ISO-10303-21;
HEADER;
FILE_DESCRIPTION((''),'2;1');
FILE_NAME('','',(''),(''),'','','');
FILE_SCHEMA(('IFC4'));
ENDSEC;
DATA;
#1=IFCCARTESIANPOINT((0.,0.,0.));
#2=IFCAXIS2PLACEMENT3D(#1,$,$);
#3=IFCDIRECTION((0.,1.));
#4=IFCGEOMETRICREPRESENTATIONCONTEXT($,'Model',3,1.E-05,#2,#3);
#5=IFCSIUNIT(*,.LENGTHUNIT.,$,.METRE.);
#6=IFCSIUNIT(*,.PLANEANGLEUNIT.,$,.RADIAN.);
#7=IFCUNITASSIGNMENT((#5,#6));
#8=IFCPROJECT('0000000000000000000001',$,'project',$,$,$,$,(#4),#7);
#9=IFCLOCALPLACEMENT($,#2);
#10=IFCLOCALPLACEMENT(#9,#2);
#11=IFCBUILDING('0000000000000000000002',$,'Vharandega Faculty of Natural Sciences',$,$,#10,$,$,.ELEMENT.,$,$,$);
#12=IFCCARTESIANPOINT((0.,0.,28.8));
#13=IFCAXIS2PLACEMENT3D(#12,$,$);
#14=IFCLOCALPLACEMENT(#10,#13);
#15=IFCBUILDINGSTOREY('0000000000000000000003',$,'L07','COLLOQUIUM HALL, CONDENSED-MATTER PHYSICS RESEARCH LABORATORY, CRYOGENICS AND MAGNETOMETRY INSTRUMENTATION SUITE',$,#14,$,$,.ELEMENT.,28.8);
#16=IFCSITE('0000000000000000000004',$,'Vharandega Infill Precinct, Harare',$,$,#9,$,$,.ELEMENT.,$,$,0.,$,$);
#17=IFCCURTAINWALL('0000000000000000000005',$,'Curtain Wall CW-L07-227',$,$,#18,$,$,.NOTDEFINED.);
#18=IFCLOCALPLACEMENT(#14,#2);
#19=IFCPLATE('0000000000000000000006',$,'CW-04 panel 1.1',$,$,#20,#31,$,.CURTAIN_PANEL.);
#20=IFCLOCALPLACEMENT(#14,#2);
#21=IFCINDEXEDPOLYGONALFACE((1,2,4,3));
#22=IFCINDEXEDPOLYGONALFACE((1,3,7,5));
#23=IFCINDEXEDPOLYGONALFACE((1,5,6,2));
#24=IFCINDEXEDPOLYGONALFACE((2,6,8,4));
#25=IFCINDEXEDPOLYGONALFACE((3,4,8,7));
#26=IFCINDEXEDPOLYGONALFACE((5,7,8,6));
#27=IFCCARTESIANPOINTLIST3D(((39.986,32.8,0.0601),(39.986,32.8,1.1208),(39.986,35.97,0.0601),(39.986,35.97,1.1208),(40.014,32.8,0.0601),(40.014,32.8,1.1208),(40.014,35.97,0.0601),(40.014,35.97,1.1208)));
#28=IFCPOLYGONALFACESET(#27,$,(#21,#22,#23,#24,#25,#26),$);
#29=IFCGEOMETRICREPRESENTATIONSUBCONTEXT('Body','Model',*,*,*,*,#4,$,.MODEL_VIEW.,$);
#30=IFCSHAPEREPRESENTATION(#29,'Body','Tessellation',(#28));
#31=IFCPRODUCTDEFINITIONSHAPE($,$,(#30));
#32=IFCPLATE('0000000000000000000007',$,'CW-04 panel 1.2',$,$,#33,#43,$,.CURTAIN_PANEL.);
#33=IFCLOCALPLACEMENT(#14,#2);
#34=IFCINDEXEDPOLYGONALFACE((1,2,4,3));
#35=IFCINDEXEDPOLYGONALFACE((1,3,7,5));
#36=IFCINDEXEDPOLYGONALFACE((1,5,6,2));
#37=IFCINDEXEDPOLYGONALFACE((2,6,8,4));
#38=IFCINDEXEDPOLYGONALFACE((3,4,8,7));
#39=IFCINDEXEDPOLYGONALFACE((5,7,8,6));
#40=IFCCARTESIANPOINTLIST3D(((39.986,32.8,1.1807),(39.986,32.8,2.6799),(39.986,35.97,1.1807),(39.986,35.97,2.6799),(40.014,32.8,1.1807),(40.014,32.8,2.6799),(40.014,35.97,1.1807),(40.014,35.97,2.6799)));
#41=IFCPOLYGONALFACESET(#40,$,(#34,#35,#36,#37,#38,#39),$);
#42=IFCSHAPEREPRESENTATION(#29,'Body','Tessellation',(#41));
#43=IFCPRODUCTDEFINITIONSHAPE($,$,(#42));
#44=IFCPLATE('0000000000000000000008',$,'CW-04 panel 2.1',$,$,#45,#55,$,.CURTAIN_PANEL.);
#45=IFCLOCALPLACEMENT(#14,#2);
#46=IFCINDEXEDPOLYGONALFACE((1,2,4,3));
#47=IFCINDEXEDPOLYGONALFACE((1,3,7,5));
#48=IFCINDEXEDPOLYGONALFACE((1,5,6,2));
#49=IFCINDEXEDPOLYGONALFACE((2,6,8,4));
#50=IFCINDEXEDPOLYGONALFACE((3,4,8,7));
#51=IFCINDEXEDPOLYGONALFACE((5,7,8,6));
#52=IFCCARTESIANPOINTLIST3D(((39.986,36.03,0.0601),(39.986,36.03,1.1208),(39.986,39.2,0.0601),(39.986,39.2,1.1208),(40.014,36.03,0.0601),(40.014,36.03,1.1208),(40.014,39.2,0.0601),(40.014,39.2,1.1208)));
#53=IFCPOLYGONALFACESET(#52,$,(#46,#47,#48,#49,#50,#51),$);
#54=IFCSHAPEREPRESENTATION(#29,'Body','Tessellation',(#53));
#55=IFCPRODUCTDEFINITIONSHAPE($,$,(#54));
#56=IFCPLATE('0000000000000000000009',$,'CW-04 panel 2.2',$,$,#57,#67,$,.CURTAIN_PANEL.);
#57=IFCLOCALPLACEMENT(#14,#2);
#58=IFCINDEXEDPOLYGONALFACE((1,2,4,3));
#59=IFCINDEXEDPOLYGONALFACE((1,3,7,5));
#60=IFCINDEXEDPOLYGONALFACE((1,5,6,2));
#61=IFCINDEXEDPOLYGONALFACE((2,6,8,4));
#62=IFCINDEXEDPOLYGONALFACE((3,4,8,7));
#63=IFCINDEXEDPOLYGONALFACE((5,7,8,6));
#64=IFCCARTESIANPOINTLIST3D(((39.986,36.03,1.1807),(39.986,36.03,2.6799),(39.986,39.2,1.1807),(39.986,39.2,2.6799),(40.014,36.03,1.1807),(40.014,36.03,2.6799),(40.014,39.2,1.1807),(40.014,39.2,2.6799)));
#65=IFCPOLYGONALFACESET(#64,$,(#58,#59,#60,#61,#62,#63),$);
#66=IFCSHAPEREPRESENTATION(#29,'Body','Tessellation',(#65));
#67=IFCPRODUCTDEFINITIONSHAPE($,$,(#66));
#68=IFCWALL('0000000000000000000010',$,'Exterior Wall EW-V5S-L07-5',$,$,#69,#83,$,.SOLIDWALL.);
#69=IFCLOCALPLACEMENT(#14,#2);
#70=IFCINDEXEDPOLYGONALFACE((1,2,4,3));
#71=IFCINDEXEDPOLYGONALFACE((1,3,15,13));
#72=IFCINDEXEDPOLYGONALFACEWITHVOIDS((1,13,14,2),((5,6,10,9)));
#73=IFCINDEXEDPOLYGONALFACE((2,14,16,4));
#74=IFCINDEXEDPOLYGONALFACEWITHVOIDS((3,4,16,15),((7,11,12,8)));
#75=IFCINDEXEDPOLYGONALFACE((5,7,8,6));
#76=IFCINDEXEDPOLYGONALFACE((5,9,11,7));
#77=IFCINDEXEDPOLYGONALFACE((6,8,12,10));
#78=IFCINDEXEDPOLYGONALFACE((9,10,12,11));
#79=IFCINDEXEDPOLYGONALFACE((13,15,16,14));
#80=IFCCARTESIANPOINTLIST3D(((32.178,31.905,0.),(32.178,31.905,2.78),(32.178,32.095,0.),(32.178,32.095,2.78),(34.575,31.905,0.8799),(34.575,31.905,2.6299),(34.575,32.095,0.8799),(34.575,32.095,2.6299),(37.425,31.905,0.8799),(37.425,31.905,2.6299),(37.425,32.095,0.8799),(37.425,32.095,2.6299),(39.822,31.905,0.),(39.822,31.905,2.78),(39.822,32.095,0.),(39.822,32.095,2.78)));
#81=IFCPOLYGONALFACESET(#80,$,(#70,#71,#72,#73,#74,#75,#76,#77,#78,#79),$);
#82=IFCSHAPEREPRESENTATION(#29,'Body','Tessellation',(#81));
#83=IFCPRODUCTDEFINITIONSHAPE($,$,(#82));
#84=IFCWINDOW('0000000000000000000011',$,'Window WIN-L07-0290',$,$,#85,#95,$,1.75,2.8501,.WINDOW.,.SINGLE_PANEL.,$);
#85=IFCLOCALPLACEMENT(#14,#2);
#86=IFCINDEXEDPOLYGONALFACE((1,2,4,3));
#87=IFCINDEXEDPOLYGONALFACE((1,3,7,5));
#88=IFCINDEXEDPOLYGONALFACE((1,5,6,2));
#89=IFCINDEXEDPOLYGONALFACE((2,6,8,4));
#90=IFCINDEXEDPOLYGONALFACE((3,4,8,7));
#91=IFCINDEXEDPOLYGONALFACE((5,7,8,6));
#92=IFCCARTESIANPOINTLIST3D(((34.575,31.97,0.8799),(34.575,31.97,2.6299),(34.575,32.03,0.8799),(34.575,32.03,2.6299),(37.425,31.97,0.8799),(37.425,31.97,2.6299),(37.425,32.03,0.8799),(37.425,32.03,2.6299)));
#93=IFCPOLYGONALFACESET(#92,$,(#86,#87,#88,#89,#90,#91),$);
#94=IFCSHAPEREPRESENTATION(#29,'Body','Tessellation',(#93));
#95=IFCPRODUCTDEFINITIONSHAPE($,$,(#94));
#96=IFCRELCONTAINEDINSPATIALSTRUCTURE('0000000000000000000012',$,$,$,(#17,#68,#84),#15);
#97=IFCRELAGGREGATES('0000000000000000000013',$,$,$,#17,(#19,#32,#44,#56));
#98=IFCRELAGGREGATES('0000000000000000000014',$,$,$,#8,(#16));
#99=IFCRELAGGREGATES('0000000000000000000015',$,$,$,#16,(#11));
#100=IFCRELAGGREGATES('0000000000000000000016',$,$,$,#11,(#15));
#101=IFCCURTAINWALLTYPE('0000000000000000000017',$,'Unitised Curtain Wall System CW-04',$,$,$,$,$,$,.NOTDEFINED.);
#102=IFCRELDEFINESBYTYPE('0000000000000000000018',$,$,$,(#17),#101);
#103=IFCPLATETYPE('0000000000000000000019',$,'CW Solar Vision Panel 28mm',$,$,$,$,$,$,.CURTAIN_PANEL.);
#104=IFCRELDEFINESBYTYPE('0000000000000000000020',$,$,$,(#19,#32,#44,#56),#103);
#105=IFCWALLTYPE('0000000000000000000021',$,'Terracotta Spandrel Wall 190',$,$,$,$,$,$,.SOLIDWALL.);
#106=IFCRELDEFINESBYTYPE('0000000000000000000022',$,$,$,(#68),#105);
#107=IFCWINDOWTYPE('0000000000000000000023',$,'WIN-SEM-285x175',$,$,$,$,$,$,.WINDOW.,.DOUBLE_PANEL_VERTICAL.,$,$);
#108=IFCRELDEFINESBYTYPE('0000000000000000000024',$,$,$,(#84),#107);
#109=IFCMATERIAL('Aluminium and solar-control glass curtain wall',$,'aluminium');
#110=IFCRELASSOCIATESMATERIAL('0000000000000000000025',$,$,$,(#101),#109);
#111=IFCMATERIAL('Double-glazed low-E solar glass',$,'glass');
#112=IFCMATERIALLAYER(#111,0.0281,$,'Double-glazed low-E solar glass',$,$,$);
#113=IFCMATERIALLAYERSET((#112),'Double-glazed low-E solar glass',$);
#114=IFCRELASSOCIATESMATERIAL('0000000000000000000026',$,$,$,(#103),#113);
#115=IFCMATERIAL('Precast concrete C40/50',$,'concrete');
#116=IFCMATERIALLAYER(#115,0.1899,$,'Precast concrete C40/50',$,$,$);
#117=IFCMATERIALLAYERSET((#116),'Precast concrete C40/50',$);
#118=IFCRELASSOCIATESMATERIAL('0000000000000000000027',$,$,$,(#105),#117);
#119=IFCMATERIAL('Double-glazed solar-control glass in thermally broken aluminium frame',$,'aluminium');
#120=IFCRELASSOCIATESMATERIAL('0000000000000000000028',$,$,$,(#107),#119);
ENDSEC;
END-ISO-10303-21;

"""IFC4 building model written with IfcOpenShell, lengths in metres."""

from ifc_helpers import new_model, si_unit, direction, frame, frame_2d, origin, origin_2d, place, context, subcontext, project, spatial, rectangle, extrude, material, layer, layer_set, type_object, element, fill, aggregate, save


model = new_model("IFC4")

# Units and contexts
model_context = context("Model", 3, precision=1e-05, world=origin(), true_north=direction((0.0, 1.0)))
body_context = subcontext(model_context, "Body", "Model", "MODEL_VIEW")
ifc_project = project(units=[si_unit("LENGTHUNIT", "METRE"), si_unit("PLANEANGLEUNIT", "RADIAN")], contexts=[model_context])

# Site, building, storey
site_placement = place(None, origin())
site = spatial("IfcSite", under=ifc_project, at=site_placement, Name="Vharandega Infill Precinct, Harare", CompositionType="ELEMENT", RefElevation=0.0)
building_placement = place(site_placement, origin())
building = spatial("IfcBuilding", under=site, at=building_placement, Name="Vharandega Faculty of Natural Sciences", CompositionType="ELEMENT")
storey_placement = place(building_placement, frame((0.0, 0.0, 28.8)))
storey = spatial("IfcBuildingStorey", under=building, at=storey_placement, Name="L07", Description="COLLOQUIUM HALL, CONDENSED-MATTER PHYSICS RESEARCH LABORATORY, CRYOGENICS AND MAGNETOMETRY INSTRUMENTATION SUITE", CompositionType="ELEMENT", Elevation=28.8)

# Curtain wall
ifc_material_1 = material(Name="Aluminium and solar-control glass curtain wall", Category="aluminium")
curtain_wall_type = type_object("IfcCurtainWallType", Name="Unitised Curtain Wall System CW-04", PredefinedType="NOTDEFINED", material=ifc_material_1)
curtain_wall_placement = place(storey_placement, origin())
curtain_wall = element("IfcCurtainWall", 1, at=curtain_wall_placement, inside=storey, type_object=curtain_wall_type, Name="Curtain Wall CW-L07-227", PredefinedType="NOTDEFINED")

# Plates
ifc_material_2 = material(Name="Double-glazed low-E solar glass", Category="glass")
ifc_layer_1 = layer(ifc_material_2, 0.0281, Name="Double-glazed low-E solar glass")
ifc_layer_set_1 = layer_set([ifc_layer_1], Name="Double-glazed low-E solar glass")
plate_type = type_object("IfcPlateType", Name="CW Solar Vision Panel 28mm", PredefinedType="CURTAIN_PANEL", material=ifc_layer_set_1)
plate_1_placement = place(storey_placement, frame((40.0, 34.385, 0.0601), z_axis=(0.0, 0.0, 1.0), x_axis=(0.0, 1.0, 0.0)))
plate_1 = element("IfcPlate", 2, at=plate_1_placement, type_object=plate_type, Name="CW-04 panel 1.1", PredefinedType="CURTAIN_PANEL", context=body_context, shape_type="SweptSolid", body=[
    extrude(rectangle(XDim=3.1699, YDim=0.0281, at=origin_2d()), origin(), (0.0, 0.0, 1.0), 1.0608),
])
plate_2_placement = place(storey_placement, frame((40.0, 34.385, 1.1807), z_axis=(0.0, 0.0, 1.0), x_axis=(0.0, 1.0, 0.0)))
plate_2 = element("IfcPlate", 3, at=plate_2_placement, type_object=plate_type, Name="CW-04 panel 1.2", PredefinedType="CURTAIN_PANEL", context=body_context, shape_type="SweptSolid", body=[
    extrude(rectangle(XDim=3.1699, YDim=0.0281, at=origin_2d()), origin(), (0.0, 0.0, 1.0), 1.4993),
])
plate_3_placement = place(storey_placement, frame((40.0, 37.615, 0.0601), z_axis=(0.0, 0.0, 1.0), x_axis=(0.0, 1.0, 0.0)))
plate_3 = element("IfcPlate", 4, at=plate_3_placement, type_object=plate_type, Name="CW-04 panel 2.1", PredefinedType="CURTAIN_PANEL", context=body_context, shape_type="SweptSolid", body=[
    extrude(rectangle(XDim=3.1699, YDim=0.0281, at=origin_2d()), origin(), (0.0, 0.0, 1.0), 1.0608),
])
plate_4_placement = place(storey_placement, frame((40.0, 37.615, 1.1807), z_axis=(0.0, 0.0, 1.0), x_axis=(0.0, 1.0, 0.0)))
plate_4 = element("IfcPlate", 5, at=plate_4_placement, type_object=plate_type, Name="CW-04 panel 2.2", PredefinedType="CURTAIN_PANEL", context=body_context, shape_type="SweptSolid", body=[
    extrude(rectangle(XDim=3.1699, YDim=0.0281, at=origin_2d()), origin(), (0.0, 0.0, 1.0), 1.4993),
])
aggregate(curtain_wall, [plate_1, plate_2, plate_3, plate_4])

# Wall, opening, window
ifc_material_3 = material(Name="Precast concrete C40/50", Category="concrete")
ifc_layer_2 = layer(ifc_material_3, 0.1899, Name="Precast concrete C40/50")
ifc_layer_set_2 = layer_set([ifc_layer_2], Name="Precast concrete C40/50")
wall_type = type_object("IfcWallType", Name="Terracotta Spandrel Wall 190", PredefinedType="SOLIDWALL", material=ifc_layer_set_2)
wall_placement = place(storey_placement, frame((39.822, 32.0, 0.0), z_axis=(0.0, 0.0, 1.0), x_axis=(-1.0, 0.0, 0.0)))
wall = element("IfcWall", 6, at=wall_placement, inside=storey, type_object=wall_type, Name="Exterior Wall EW-V5S-L07-5", PredefinedType="SOLIDWALL", context=body_context, shape_type="SweptSolid", body=[
    extrude(rectangle(XDim=7.644, YDim=0.1899, at=frame_2d((3.822, 0.0))), origin(), (0.0, 0.0, 1.0), 2.78),
])
opening_placement = place(wall_placement, frame((2.397, 0.0, 0.8799)))
opening = element("IfcOpeningElement", 7, at=opening_placement, cuts=wall, PredefinedType="OPENING", context=body_context, shape_type="SweptSolid", body=[
    extrude(rectangle(XDim=2.8501, YDim=1.75, at=frame_2d((1.425, 0.875))), frame((0.0, 0.105, 0.0), z_axis=(0.0, -1.0, 0.0), x_axis=(1.0, 0.0, 0.0)), (0.0, 0.0, 1.0), 0.21),
])
ifc_material_4 = material(Name="Double-glazed solar-control glass in thermally broken aluminium frame", Category="aluminium")
window_type = type_object("IfcWindowType", Name="WIN-SEM-285x175", PartitioningType="DOUBLE_PANEL_VERTICAL", PredefinedType="WINDOW", material=ifc_material_4)
window_placement = place(opening_placement, origin())
window = element("IfcWindow", 8, at=window_placement, inside=storey, type_object=window_type, Name="Window WIN-L07-0290", OverallHeight=1.75, OverallWidth=2.8501, PartitioningType="SINGLE_PANEL", PredefinedType="WINDOW", context=body_context, shape_type="SweptSolid", body=[
    extrude(rectangle(XDim=2.8501, YDim=1.75, at=frame_2d((1.425, 0.875))), frame((0.0, 0.03, 0.0), z_axis=(0.0, -1.0, 0.0), x_axis=(1.0, 0.0, 0.0)), (0.0, 0.0, 1.0), 0.0601),
])
fill(opening, window)

save(model, "model.ifc")
